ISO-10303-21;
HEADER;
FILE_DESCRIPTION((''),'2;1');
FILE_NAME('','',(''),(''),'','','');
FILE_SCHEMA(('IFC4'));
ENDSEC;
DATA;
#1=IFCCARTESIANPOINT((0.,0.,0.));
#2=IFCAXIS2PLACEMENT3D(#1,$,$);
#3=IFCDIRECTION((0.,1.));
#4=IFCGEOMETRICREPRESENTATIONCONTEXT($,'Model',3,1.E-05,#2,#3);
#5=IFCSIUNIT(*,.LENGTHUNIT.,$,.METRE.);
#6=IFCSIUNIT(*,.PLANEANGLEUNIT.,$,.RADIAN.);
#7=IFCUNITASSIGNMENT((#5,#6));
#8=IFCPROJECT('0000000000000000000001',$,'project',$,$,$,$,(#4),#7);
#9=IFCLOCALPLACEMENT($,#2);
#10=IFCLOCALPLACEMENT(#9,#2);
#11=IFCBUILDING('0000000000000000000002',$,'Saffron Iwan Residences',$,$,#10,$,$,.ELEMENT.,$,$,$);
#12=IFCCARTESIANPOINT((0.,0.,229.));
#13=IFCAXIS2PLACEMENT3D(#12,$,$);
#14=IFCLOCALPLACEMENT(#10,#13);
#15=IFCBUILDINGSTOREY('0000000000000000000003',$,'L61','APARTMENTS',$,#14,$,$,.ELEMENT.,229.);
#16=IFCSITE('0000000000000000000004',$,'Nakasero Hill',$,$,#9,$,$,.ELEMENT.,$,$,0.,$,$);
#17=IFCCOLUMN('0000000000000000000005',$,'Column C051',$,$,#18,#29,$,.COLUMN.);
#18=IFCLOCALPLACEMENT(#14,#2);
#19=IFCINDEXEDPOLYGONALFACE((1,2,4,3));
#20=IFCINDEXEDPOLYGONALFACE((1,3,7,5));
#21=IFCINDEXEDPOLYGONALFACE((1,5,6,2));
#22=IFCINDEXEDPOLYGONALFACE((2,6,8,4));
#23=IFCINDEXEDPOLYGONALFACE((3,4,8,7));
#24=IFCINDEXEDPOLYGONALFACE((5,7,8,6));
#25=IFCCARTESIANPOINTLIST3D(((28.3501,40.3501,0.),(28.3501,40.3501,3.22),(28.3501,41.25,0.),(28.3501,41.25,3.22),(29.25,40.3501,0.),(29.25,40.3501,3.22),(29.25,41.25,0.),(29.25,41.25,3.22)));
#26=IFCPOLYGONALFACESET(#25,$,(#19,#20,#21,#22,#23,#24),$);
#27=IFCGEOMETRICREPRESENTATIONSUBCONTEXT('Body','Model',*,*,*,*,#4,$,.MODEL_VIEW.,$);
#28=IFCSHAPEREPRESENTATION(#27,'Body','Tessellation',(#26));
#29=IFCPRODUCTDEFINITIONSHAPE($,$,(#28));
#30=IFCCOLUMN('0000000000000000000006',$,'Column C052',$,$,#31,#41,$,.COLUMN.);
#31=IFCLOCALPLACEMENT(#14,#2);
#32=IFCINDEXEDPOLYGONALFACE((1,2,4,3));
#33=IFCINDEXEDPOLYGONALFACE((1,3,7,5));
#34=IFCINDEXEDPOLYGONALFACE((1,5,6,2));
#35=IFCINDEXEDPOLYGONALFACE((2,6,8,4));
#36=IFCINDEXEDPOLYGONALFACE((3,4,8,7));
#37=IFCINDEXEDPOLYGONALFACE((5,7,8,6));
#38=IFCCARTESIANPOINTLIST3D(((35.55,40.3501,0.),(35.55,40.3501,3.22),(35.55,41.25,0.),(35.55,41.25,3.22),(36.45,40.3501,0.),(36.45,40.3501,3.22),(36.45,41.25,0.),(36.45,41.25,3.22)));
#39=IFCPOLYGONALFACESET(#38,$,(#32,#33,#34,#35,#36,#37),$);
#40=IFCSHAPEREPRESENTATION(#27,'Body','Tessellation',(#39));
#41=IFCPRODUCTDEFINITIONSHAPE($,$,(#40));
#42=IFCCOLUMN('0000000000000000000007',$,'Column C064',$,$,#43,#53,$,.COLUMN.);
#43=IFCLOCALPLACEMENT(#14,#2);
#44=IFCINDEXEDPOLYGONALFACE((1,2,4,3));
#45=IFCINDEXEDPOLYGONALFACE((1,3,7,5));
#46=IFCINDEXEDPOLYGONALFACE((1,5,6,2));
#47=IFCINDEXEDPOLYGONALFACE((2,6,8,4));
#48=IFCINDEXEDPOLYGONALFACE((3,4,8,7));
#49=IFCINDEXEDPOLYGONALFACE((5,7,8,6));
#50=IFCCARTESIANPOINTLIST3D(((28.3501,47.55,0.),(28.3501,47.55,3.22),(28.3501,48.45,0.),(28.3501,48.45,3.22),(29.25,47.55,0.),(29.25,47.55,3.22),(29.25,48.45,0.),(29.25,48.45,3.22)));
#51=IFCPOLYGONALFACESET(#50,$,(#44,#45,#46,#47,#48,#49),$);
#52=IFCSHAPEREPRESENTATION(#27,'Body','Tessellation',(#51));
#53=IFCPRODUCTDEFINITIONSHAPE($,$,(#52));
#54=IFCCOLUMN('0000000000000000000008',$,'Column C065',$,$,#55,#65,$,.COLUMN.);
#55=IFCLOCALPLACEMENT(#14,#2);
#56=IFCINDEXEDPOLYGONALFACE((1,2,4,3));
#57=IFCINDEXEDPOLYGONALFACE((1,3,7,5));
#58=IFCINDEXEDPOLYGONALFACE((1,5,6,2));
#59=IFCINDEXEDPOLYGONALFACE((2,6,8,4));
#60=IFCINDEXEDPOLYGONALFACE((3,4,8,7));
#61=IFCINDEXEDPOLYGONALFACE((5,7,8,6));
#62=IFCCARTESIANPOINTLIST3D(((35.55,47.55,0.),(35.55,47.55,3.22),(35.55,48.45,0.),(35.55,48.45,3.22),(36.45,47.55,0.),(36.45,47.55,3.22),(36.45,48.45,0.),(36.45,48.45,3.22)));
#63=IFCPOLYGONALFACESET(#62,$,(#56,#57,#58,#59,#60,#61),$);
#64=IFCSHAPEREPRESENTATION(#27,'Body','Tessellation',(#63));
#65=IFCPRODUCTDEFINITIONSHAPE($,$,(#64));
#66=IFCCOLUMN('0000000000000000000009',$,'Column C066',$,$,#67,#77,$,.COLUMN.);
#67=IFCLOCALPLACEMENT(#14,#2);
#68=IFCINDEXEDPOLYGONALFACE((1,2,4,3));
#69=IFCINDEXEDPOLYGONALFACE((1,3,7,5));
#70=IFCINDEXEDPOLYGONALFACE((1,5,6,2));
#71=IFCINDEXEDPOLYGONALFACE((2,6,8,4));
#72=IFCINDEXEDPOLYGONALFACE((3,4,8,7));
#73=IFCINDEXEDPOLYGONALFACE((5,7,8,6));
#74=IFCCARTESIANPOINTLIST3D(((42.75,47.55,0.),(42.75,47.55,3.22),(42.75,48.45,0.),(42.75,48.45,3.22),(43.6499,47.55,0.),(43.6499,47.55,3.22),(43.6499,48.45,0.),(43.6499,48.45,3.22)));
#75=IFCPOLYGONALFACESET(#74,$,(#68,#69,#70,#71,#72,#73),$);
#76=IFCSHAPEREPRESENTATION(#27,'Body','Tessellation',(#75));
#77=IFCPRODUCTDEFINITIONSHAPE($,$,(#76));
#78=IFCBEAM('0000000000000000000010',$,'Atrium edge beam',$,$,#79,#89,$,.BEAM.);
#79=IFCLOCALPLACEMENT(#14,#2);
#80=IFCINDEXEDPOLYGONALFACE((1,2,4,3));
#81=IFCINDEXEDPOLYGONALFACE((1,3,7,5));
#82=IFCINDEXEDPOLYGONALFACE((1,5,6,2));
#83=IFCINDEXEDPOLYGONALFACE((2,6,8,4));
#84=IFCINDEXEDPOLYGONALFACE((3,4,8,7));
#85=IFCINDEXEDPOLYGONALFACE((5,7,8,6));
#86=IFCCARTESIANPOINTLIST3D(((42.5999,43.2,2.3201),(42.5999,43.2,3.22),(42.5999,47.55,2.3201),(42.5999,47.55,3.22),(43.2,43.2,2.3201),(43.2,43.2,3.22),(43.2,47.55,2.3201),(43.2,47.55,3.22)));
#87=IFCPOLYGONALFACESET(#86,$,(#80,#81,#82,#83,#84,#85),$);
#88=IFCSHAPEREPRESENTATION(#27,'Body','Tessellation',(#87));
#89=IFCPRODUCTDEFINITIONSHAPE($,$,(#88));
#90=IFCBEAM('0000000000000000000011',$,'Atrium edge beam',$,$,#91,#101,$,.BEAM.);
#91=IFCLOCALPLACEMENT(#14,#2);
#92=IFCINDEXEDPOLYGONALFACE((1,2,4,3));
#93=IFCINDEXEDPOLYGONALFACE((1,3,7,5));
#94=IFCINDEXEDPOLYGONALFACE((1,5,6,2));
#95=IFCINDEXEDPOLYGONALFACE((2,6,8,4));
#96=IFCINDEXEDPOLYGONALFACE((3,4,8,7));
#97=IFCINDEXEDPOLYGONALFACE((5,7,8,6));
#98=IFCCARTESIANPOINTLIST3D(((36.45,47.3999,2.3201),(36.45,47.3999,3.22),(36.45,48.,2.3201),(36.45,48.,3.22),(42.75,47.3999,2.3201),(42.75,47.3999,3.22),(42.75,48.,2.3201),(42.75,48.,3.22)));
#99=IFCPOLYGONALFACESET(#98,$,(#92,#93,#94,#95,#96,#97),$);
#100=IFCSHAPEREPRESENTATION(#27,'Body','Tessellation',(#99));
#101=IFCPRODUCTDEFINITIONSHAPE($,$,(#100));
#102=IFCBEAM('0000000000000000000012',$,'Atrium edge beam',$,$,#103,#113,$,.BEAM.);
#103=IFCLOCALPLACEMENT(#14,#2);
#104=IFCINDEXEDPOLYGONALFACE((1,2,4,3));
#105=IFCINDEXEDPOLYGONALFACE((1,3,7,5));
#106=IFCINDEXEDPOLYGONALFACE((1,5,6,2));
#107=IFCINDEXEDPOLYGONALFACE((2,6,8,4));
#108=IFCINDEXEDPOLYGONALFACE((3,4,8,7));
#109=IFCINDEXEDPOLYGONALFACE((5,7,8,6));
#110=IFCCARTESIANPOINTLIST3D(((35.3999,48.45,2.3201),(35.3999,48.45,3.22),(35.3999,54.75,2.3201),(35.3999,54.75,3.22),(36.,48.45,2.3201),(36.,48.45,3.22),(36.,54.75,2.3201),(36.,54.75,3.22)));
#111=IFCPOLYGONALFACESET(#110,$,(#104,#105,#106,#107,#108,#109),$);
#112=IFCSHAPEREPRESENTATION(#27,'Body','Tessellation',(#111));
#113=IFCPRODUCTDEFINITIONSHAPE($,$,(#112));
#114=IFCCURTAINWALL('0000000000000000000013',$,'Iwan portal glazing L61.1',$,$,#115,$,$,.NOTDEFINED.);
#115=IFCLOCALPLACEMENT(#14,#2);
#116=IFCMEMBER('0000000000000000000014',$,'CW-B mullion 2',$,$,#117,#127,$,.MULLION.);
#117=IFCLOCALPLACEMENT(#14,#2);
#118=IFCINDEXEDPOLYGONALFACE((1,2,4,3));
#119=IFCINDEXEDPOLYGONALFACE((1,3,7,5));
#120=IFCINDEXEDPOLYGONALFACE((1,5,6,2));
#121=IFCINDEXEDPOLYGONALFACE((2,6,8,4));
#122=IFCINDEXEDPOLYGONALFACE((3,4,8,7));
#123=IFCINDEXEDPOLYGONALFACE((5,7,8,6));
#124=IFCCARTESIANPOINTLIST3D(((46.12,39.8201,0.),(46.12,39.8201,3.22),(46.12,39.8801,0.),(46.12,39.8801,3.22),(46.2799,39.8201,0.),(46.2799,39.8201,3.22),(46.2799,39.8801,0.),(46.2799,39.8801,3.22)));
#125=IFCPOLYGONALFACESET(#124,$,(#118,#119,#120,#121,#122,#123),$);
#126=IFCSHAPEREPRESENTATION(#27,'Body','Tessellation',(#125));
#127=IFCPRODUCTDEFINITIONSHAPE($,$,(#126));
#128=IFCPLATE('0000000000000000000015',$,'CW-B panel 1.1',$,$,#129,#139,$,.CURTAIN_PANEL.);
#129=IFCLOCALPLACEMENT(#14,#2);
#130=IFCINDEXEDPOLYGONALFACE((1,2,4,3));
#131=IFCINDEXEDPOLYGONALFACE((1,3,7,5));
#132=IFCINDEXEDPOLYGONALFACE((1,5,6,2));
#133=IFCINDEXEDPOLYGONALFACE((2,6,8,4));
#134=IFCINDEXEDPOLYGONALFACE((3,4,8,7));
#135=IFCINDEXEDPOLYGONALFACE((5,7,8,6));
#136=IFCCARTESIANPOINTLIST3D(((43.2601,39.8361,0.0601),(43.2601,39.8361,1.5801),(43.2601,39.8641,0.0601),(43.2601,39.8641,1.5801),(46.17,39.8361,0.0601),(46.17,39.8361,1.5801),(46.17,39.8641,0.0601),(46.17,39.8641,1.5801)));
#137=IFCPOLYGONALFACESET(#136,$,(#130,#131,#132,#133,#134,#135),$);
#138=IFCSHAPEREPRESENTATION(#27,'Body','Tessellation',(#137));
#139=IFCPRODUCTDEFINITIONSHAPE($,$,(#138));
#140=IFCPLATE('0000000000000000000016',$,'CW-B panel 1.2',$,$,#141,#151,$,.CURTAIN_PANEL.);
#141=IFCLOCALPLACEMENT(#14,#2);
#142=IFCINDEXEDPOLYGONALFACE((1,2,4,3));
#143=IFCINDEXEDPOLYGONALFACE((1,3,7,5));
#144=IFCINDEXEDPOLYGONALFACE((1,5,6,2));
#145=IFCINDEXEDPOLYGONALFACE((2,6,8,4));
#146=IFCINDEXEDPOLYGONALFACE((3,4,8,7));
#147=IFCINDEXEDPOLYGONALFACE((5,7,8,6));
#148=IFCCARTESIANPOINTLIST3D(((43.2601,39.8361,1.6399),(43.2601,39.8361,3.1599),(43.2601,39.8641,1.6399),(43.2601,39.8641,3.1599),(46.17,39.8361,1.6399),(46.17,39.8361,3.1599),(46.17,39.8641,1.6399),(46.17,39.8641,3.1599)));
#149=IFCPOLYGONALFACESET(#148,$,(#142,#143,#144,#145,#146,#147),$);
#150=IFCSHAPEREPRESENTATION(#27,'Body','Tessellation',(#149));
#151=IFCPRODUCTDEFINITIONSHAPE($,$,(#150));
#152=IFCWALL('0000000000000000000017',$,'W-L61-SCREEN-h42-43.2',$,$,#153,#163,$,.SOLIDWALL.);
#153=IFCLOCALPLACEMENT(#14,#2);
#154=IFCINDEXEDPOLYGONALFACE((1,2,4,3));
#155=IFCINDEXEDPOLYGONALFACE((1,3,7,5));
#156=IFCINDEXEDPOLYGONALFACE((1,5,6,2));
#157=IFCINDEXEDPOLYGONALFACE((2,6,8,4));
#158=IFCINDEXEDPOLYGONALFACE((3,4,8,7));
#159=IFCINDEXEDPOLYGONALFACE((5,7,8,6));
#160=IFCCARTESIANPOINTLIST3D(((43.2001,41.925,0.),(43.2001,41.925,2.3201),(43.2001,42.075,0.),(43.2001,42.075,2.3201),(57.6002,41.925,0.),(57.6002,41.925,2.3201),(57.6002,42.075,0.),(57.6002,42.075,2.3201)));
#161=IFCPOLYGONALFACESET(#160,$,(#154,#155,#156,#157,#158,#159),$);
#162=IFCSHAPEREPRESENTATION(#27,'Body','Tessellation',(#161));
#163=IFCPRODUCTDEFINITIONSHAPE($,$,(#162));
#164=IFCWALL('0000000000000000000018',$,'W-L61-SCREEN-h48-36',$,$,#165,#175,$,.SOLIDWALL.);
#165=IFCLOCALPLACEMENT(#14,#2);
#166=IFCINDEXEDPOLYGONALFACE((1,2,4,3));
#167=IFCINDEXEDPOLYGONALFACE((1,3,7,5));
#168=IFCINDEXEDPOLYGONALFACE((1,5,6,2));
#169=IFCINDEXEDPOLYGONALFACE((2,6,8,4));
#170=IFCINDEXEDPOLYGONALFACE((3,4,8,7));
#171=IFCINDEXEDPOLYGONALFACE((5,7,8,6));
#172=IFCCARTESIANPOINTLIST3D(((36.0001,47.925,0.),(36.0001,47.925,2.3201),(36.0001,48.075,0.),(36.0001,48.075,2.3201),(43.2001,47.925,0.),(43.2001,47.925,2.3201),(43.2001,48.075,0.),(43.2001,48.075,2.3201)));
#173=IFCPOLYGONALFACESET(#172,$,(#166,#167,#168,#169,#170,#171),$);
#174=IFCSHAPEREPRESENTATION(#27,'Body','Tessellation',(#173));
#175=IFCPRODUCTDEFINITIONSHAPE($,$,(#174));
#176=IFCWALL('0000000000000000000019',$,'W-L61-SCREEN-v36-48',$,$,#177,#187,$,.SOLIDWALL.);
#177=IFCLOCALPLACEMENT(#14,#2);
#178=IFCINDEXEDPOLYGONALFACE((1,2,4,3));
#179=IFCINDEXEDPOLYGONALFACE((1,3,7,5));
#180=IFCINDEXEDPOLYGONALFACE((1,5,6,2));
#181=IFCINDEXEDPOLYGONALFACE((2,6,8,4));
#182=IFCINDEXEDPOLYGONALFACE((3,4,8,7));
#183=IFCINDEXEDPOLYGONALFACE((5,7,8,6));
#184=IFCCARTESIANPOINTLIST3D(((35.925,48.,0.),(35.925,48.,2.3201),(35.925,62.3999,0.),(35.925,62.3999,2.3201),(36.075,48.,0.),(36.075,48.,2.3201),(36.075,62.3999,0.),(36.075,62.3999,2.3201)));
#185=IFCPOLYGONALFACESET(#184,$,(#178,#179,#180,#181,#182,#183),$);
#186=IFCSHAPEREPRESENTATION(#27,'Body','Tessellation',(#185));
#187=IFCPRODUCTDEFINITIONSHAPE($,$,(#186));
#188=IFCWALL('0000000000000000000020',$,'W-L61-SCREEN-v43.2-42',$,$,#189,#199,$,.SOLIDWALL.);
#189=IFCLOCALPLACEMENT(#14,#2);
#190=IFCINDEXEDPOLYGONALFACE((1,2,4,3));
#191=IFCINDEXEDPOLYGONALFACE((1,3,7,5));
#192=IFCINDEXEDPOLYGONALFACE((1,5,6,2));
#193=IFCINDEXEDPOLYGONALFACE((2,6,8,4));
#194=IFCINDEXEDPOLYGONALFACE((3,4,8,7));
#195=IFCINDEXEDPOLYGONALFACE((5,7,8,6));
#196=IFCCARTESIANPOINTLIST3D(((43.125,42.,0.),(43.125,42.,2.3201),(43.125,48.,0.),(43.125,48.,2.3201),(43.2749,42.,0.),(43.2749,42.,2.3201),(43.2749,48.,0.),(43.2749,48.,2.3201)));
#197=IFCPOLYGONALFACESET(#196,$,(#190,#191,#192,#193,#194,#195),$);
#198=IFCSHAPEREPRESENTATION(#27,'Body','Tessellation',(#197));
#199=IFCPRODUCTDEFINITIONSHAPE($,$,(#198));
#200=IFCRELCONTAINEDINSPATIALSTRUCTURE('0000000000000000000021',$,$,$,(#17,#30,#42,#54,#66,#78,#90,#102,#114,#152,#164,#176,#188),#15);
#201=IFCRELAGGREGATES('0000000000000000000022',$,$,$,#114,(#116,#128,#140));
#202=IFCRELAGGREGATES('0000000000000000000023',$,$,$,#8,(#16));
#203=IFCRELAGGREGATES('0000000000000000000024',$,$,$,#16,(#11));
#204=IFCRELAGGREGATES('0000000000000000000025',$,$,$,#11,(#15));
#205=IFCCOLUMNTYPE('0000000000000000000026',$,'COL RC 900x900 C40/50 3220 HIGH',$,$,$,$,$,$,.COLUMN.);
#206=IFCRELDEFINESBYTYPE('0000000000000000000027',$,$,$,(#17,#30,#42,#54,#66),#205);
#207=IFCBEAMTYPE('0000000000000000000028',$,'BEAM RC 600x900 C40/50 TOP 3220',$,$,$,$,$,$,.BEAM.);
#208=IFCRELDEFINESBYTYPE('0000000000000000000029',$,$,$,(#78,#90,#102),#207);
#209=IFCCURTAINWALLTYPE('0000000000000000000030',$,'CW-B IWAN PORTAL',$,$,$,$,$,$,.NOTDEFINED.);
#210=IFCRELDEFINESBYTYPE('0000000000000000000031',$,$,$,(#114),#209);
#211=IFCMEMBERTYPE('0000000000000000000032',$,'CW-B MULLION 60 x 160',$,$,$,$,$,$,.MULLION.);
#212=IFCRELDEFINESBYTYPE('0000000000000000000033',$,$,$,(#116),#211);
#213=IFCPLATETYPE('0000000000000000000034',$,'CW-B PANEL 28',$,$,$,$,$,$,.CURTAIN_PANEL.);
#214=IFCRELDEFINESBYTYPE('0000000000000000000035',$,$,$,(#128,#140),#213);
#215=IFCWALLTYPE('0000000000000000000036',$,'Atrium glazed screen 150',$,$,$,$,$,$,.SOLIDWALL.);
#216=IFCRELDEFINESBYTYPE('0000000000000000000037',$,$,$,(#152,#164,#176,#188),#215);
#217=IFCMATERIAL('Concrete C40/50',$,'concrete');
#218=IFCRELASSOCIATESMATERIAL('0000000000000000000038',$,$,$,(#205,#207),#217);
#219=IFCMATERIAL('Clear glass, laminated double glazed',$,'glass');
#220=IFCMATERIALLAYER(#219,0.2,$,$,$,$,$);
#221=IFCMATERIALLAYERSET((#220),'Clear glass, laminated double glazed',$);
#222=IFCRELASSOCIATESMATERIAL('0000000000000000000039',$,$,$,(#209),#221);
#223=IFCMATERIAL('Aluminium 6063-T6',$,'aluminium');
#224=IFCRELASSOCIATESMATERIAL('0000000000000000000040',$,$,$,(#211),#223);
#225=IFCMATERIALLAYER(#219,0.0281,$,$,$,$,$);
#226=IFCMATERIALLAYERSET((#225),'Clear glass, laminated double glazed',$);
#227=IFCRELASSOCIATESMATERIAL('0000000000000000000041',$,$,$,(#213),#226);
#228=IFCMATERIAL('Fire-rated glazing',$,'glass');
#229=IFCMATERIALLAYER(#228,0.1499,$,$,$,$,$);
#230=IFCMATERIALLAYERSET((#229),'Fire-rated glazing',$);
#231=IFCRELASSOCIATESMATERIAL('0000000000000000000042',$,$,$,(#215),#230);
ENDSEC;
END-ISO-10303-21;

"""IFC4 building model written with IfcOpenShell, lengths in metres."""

from ifc_helpers import new_model, si_unit, direction, frame, frame_2d, origin, origin_2d, place, context, subcontext, project, spatial, rectangle, extrude, source, transform, mapped, material, layer, layer_set, material_profile, profile_set, type_object, element, aggregate, save


model = new_model("IFC4")

# Units and contexts
model_context = context("Model", 3, precision=1e-05, world=origin(), true_north=direction((0.0, 1.0)))
body_context = subcontext(model_context, "Body", "Model", "MODEL_VIEW")
ifc_project = project(units=[si_unit("LENGTHUNIT", "METRE"), si_unit("PLANEANGLEUNIT", "RADIAN")], contexts=[model_context])

# Site, building, storey
site_placement = place(None, origin())
site = spatial("IfcSite", under=ifc_project, at=site_placement, Name="Nakasero Hill", CompositionType="ELEMENT", RefElevation=0.0)
building_placement = place(site_placement, origin())
building = spatial("IfcBuilding", under=site, at=building_placement, Name="Saffron Iwan Residences", CompositionType="ELEMENT")
storey_placement = place(building_placement, frame((0.0, 0.0, 229.0)))
storey = spatial("IfcBuildingStorey", under=building, at=storey_placement, Name="L61", Description="APARTMENTS", CompositionType="ELEMENT", Elevation=229.0)

# Columns
ifc_material_1 = material(Name="Concrete C40/50", Category="concrete")
ifc_material_profile_1 = material_profile(ifc_material_1, rectangle(XDim=0.8999, YDim=0.8999, at=origin_2d()), Name="RC 900x900")
ifc_profile_set_1 = profile_set([ifc_material_profile_1], Name="Concrete C40/50")
column_type = type_object("IfcColumnType", Name="COL RC 900x900 C40/50 3220 HIGH", PredefinedType="COLUMN", material=ifc_profile_set_1)
shared_shape_1 = source(origin(), body_context, "Body", "SweptSolid", [
    extrude(rectangle(XDim=0.8999, YDim=0.8999, at=origin_2d()), origin(), (0.0, 0.0, 1.0), 3.22),
])
for number, where, z_axis, x_axis, name in (
    (1, (28.8, 40.8, 0.0), (0.0, 0.0, 1.0), (1.0, 0.0, 0.0), "Column C051"),
    (2, (36.0, 40.8, 0.0), (0.0, 0.0, 1.0), (1.0, 0.0, 0.0), "Column C052"),
    (3, (28.8, 48.0, 0.0), (0.0, 0.0, 1.0), (1.0, 0.0, 0.0), "Column C064"),
    (4, (36.0, 48.0, 0.0), (0.0, 0.0, 1.0), (1.0, 0.0, 0.0), "Column C065"),
    (5, (43.2, 48.0, 0.0), (0.0, 0.0, 1.0), (1.0, 0.0, 0.0), "Column C066"),
):
    element("IfcColumn", number, at=place(storey_placement, frame(where, z_axis=z_axis, x_axis=x_axis)), inside=storey, type_object=column_type, Name=name, PredefinedType="COLUMN", context=body_context, shape_type="MappedRepresentation", body=[
        mapped(shared_shape_1, transform((0.0, 0.0, 0.0))),
    ])

# Beams
ifc_material_profile_2 = material_profile(ifc_material_1, rectangle(XDim=0.6001, YDim=0.8999, at=origin_2d()), Name="RC 600x900")
ifc_profile_set_2 = profile_set([ifc_material_profile_2], Name="Concrete C40/50")
beam_type = type_object("IfcBeamType", Name="BEAM RC 600x900 C40/50 TOP 3220", PredefinedType="BEAM", material=ifc_profile_set_2)
shared_shape_2 = source(origin(), body_context, "Body", "SweptSolid", [
    extrude(rectangle(XDim=0.6001, YDim=0.8999, at=origin_2d()), origin(), (0.0, 0.0, 1.0), 4.3501),
])
beam_placement = place(storey_placement, frame((42.8999, 43.2, 2.77), z_axis=(0.0, 1.0, 0.0), x_axis=(-1.0, 0.0, 0.0)))
element("IfcBeam", 6, at=beam_placement, inside=storey, type_object=beam_type, Name="Atrium edge beam", PredefinedType="BEAM", context=body_context, shape_type="MappedRepresentation", body=[
    mapped(shared_shape_2, transform((0.0, 0.0, 0.0))),
])
shared_shape_3 = source(origin(), body_context, "Body", "SweptSolid", [
    extrude(rectangle(XDim=0.6001, YDim=0.8999, at=origin_2d()), origin(), (0.0, 0.0, 1.0), 6.3),
])
for number, where, z_axis, x_axis, name in (
    (7, (42.75, 47.7, 2.77), (-1.0, 0.0, 0.0), (0.0, -1.0, 0.0), "Atrium edge beam"),
    (8, (35.7, 48.45, 2.77), (0.0, 1.0, 0.0), (-1.0, 0.0, 0.0), "Atrium edge beam"),
):
    element("IfcBeam", number, at=place(storey_placement, frame(where, z_axis=z_axis, x_axis=x_axis)), inside=storey, type_object=beam_type, Name=name, PredefinedType="BEAM", context=body_context, shape_type="MappedRepresentation", body=[
        mapped(shared_shape_3, transform((0.0, 0.0, 0.0))),
    ])

# Curtain wall, member, plates
ifc_material_2 = material(Name="Clear glass, laminated double glazed", Category="glass")
ifc_layer_1 = layer(ifc_material_2, 0.2)
ifc_layer_set_1 = layer_set([ifc_layer_1], Name="Clear glass, laminated double glazed")
curtain_wall_type = type_object("IfcCurtainWallType", Name="CW-B IWAN PORTAL", PredefinedType="NOTDEFINED", material=ifc_layer_set_1)
curtain_wall_placement = place(storey_placement, origin())
curtain_wall = element("IfcCurtainWall", 9, at=curtain_wall_placement, inside=storey, type_object=curtain_wall_type, Name="Iwan portal glazing L61.1", PredefinedType="NOTDEFINED")
ifc_material_3 = material(Name="Aluminium 6063-T6", Category="aluminium")
ifc_material_profile_3 = material_profile(ifc_material_3, rectangle(XDim=0.0601, YDim=0.1599, at=origin_2d()), Name="CW-B MULLION 60 x 160")
ifc_profile_set_3 = profile_set([ifc_material_profile_3], Name="Aluminium 6063-T6")
member_type = type_object("IfcMemberType", Name="CW-B MULLION 60 x 160", PredefinedType="MULLION", material=ifc_profile_set_3)
shared_shape_4 = source(origin(), body_context, "Body", "SweptSolid", [
    extrude(rectangle(XDim=0.0601, YDim=0.1599, at=origin_2d()), origin(), (0.0, 0.0, 1.0), 3.22),
])
member_placement = place(storey_placement, frame((46.2, 39.8501, 0.0), z_axis=(0.0, 0.0, 1.0), x_axis=(0.0, 1.0, 0.0)))
member = element("IfcMember", 10, at=member_placement, type_object=member_type, Name="CW-B mullion 2", PredefinedType="MULLION", context=body_context, shape_type="MappedRepresentation", body=[
    mapped(shared_shape_4, transform((0.0, 0.0, 0.0))),
])
ifc_layer_2 = layer(ifc_material_2, 0.0281)
ifc_layer_set_2 = layer_set([ifc_layer_2], Name="Clear glass, laminated double glazed")
plate_type = type_object("IfcPlateType", Name="CW-B PANEL 28", PredefinedType="CURTAIN_PANEL", material=ifc_layer_set_2)
shared_shape_5 = source(origin(), body_context, "Body", "SweptSolid", [
    extrude(rectangle(XDim=2.9099, YDim=0.0281, at=origin_2d()), origin(), (0.0, 0.0, 1.0), 1.52),
])
plate_1_placement = place(storey_placement, frame((44.7151, 39.8501, 0.0601), z_axis=(0.0, 0.0, 1.0), x_axis=(1.0, 0.0, 0.0)))
plate_1 = element("IfcPlate", 11, at=plate_1_placement, type_object=plate_type, Name="CW-B panel 1.1", PredefinedType="CURTAIN_PANEL", context=body_context, shape_type="MappedRepresentation", body=[
    mapped(shared_shape_5, transform((0.0, 0.0, 0.0))),
])
plate_2_placement = place(storey_placement, frame((44.7151, 39.8501, 1.6399), z_axis=(0.0, 0.0, 1.0), x_axis=(1.0, 0.0, 0.0)))
plate_2 = element("IfcPlate", 12, at=plate_2_placement, type_object=plate_type, Name="CW-B panel 1.2", PredefinedType="CURTAIN_PANEL", context=body_context, shape_type="MappedRepresentation", body=[
    mapped(shared_shape_5, transform((0.0, 0.0, 0.0))),
])
aggregate(curtain_wall, [member, plate_1, plate_2])

# Walls
ifc_material_4 = material(Name="Fire-rated glazing", Category="glass")
ifc_layer_3 = layer(ifc_material_4, 0.1499)
ifc_layer_set_3 = layer_set([ifc_layer_3], Name="Fire-rated glazing")
wall_type_1 = type_object("IfcWallType", Name="Atrium glazed screen 150", PredefinedType="SOLIDWALL", material=ifc_layer_set_3)
wall_1_placement = place(storey_placement, frame((43.2, 42.0, 0.0), z_axis=(0.0, 0.0, 1.0), x_axis=(1.0, 0.0, 0.0)))
element("IfcWall", 13, at=wall_1_placement, inside=storey, type_object=wall_type_1, Name="W-L61-SCREEN-h42-43.2", PredefinedType="SOLIDWALL", context=body_context, shape_type="SweptSolid", body=[
    extrude(rectangle(XDim=14.4001, YDim=0.1499, at=frame_2d((7.2002, 0.0))), origin(), (0.0, 0.0, 1.0), 2.3201),
])
wall_2_placement = place(storey_placement, frame((36.0, 48.0, 0.0), z_axis=(0.0, 0.0, 1.0), x_axis=(1.0, 0.0, 0.0)))
element("IfcWall", 14, at=wall_2_placement, inside=storey, type_object=wall_type_1, Name="W-L61-SCREEN-h48-36", PredefinedType="SOLIDWALL", context=body_context, shape_type="SweptSolid", body=[
    extrude(rectangle(XDim=7.2, YDim=0.1499, at=frame_2d((3.6001, 0.0))), origin(), (0.0, 0.0, 1.0), 2.3201),
])
wall_3_placement = place(storey_placement, frame((36.0, 48.0, 0.0), z_axis=(0.0, 0.0, 1.0), x_axis=(0.0, 1.0, 0.0)))
element("IfcWall", 15, at=wall_3_placement, inside=storey, type_object=wall_type_1, Name="W-L61-SCREEN-v36-48", PredefinedType="SOLIDWALL", context=body_context, shape_type="SweptSolid", body=[
    extrude(rectangle(XDim=14.3999, YDim=0.1499, at=frame_2d((7.2, 0.0))), origin(), (0.0, 0.0, 1.0), 2.3201),
])
wall_4_placement = place(storey_placement, frame((43.2, 42.0, 0.0), z_axis=(0.0, 0.0, 1.0), x_axis=(0.0, 1.0, 0.0)))
element("IfcWall", 16, at=wall_4_placement, inside=storey, type_object=wall_type_1, Name="W-L61-SCREEN-v43.2-42", PredefinedType="SOLIDWALL", context=body_context, shape_type="SweptSolid", body=[
    extrude(rectangle(XDim=6.0, YDim=0.1499, at=frame_2d((3.0, 0.0))), origin(), (0.0, 0.0, 1.0), 2.3201),
])

save(model, "model.ifc")
